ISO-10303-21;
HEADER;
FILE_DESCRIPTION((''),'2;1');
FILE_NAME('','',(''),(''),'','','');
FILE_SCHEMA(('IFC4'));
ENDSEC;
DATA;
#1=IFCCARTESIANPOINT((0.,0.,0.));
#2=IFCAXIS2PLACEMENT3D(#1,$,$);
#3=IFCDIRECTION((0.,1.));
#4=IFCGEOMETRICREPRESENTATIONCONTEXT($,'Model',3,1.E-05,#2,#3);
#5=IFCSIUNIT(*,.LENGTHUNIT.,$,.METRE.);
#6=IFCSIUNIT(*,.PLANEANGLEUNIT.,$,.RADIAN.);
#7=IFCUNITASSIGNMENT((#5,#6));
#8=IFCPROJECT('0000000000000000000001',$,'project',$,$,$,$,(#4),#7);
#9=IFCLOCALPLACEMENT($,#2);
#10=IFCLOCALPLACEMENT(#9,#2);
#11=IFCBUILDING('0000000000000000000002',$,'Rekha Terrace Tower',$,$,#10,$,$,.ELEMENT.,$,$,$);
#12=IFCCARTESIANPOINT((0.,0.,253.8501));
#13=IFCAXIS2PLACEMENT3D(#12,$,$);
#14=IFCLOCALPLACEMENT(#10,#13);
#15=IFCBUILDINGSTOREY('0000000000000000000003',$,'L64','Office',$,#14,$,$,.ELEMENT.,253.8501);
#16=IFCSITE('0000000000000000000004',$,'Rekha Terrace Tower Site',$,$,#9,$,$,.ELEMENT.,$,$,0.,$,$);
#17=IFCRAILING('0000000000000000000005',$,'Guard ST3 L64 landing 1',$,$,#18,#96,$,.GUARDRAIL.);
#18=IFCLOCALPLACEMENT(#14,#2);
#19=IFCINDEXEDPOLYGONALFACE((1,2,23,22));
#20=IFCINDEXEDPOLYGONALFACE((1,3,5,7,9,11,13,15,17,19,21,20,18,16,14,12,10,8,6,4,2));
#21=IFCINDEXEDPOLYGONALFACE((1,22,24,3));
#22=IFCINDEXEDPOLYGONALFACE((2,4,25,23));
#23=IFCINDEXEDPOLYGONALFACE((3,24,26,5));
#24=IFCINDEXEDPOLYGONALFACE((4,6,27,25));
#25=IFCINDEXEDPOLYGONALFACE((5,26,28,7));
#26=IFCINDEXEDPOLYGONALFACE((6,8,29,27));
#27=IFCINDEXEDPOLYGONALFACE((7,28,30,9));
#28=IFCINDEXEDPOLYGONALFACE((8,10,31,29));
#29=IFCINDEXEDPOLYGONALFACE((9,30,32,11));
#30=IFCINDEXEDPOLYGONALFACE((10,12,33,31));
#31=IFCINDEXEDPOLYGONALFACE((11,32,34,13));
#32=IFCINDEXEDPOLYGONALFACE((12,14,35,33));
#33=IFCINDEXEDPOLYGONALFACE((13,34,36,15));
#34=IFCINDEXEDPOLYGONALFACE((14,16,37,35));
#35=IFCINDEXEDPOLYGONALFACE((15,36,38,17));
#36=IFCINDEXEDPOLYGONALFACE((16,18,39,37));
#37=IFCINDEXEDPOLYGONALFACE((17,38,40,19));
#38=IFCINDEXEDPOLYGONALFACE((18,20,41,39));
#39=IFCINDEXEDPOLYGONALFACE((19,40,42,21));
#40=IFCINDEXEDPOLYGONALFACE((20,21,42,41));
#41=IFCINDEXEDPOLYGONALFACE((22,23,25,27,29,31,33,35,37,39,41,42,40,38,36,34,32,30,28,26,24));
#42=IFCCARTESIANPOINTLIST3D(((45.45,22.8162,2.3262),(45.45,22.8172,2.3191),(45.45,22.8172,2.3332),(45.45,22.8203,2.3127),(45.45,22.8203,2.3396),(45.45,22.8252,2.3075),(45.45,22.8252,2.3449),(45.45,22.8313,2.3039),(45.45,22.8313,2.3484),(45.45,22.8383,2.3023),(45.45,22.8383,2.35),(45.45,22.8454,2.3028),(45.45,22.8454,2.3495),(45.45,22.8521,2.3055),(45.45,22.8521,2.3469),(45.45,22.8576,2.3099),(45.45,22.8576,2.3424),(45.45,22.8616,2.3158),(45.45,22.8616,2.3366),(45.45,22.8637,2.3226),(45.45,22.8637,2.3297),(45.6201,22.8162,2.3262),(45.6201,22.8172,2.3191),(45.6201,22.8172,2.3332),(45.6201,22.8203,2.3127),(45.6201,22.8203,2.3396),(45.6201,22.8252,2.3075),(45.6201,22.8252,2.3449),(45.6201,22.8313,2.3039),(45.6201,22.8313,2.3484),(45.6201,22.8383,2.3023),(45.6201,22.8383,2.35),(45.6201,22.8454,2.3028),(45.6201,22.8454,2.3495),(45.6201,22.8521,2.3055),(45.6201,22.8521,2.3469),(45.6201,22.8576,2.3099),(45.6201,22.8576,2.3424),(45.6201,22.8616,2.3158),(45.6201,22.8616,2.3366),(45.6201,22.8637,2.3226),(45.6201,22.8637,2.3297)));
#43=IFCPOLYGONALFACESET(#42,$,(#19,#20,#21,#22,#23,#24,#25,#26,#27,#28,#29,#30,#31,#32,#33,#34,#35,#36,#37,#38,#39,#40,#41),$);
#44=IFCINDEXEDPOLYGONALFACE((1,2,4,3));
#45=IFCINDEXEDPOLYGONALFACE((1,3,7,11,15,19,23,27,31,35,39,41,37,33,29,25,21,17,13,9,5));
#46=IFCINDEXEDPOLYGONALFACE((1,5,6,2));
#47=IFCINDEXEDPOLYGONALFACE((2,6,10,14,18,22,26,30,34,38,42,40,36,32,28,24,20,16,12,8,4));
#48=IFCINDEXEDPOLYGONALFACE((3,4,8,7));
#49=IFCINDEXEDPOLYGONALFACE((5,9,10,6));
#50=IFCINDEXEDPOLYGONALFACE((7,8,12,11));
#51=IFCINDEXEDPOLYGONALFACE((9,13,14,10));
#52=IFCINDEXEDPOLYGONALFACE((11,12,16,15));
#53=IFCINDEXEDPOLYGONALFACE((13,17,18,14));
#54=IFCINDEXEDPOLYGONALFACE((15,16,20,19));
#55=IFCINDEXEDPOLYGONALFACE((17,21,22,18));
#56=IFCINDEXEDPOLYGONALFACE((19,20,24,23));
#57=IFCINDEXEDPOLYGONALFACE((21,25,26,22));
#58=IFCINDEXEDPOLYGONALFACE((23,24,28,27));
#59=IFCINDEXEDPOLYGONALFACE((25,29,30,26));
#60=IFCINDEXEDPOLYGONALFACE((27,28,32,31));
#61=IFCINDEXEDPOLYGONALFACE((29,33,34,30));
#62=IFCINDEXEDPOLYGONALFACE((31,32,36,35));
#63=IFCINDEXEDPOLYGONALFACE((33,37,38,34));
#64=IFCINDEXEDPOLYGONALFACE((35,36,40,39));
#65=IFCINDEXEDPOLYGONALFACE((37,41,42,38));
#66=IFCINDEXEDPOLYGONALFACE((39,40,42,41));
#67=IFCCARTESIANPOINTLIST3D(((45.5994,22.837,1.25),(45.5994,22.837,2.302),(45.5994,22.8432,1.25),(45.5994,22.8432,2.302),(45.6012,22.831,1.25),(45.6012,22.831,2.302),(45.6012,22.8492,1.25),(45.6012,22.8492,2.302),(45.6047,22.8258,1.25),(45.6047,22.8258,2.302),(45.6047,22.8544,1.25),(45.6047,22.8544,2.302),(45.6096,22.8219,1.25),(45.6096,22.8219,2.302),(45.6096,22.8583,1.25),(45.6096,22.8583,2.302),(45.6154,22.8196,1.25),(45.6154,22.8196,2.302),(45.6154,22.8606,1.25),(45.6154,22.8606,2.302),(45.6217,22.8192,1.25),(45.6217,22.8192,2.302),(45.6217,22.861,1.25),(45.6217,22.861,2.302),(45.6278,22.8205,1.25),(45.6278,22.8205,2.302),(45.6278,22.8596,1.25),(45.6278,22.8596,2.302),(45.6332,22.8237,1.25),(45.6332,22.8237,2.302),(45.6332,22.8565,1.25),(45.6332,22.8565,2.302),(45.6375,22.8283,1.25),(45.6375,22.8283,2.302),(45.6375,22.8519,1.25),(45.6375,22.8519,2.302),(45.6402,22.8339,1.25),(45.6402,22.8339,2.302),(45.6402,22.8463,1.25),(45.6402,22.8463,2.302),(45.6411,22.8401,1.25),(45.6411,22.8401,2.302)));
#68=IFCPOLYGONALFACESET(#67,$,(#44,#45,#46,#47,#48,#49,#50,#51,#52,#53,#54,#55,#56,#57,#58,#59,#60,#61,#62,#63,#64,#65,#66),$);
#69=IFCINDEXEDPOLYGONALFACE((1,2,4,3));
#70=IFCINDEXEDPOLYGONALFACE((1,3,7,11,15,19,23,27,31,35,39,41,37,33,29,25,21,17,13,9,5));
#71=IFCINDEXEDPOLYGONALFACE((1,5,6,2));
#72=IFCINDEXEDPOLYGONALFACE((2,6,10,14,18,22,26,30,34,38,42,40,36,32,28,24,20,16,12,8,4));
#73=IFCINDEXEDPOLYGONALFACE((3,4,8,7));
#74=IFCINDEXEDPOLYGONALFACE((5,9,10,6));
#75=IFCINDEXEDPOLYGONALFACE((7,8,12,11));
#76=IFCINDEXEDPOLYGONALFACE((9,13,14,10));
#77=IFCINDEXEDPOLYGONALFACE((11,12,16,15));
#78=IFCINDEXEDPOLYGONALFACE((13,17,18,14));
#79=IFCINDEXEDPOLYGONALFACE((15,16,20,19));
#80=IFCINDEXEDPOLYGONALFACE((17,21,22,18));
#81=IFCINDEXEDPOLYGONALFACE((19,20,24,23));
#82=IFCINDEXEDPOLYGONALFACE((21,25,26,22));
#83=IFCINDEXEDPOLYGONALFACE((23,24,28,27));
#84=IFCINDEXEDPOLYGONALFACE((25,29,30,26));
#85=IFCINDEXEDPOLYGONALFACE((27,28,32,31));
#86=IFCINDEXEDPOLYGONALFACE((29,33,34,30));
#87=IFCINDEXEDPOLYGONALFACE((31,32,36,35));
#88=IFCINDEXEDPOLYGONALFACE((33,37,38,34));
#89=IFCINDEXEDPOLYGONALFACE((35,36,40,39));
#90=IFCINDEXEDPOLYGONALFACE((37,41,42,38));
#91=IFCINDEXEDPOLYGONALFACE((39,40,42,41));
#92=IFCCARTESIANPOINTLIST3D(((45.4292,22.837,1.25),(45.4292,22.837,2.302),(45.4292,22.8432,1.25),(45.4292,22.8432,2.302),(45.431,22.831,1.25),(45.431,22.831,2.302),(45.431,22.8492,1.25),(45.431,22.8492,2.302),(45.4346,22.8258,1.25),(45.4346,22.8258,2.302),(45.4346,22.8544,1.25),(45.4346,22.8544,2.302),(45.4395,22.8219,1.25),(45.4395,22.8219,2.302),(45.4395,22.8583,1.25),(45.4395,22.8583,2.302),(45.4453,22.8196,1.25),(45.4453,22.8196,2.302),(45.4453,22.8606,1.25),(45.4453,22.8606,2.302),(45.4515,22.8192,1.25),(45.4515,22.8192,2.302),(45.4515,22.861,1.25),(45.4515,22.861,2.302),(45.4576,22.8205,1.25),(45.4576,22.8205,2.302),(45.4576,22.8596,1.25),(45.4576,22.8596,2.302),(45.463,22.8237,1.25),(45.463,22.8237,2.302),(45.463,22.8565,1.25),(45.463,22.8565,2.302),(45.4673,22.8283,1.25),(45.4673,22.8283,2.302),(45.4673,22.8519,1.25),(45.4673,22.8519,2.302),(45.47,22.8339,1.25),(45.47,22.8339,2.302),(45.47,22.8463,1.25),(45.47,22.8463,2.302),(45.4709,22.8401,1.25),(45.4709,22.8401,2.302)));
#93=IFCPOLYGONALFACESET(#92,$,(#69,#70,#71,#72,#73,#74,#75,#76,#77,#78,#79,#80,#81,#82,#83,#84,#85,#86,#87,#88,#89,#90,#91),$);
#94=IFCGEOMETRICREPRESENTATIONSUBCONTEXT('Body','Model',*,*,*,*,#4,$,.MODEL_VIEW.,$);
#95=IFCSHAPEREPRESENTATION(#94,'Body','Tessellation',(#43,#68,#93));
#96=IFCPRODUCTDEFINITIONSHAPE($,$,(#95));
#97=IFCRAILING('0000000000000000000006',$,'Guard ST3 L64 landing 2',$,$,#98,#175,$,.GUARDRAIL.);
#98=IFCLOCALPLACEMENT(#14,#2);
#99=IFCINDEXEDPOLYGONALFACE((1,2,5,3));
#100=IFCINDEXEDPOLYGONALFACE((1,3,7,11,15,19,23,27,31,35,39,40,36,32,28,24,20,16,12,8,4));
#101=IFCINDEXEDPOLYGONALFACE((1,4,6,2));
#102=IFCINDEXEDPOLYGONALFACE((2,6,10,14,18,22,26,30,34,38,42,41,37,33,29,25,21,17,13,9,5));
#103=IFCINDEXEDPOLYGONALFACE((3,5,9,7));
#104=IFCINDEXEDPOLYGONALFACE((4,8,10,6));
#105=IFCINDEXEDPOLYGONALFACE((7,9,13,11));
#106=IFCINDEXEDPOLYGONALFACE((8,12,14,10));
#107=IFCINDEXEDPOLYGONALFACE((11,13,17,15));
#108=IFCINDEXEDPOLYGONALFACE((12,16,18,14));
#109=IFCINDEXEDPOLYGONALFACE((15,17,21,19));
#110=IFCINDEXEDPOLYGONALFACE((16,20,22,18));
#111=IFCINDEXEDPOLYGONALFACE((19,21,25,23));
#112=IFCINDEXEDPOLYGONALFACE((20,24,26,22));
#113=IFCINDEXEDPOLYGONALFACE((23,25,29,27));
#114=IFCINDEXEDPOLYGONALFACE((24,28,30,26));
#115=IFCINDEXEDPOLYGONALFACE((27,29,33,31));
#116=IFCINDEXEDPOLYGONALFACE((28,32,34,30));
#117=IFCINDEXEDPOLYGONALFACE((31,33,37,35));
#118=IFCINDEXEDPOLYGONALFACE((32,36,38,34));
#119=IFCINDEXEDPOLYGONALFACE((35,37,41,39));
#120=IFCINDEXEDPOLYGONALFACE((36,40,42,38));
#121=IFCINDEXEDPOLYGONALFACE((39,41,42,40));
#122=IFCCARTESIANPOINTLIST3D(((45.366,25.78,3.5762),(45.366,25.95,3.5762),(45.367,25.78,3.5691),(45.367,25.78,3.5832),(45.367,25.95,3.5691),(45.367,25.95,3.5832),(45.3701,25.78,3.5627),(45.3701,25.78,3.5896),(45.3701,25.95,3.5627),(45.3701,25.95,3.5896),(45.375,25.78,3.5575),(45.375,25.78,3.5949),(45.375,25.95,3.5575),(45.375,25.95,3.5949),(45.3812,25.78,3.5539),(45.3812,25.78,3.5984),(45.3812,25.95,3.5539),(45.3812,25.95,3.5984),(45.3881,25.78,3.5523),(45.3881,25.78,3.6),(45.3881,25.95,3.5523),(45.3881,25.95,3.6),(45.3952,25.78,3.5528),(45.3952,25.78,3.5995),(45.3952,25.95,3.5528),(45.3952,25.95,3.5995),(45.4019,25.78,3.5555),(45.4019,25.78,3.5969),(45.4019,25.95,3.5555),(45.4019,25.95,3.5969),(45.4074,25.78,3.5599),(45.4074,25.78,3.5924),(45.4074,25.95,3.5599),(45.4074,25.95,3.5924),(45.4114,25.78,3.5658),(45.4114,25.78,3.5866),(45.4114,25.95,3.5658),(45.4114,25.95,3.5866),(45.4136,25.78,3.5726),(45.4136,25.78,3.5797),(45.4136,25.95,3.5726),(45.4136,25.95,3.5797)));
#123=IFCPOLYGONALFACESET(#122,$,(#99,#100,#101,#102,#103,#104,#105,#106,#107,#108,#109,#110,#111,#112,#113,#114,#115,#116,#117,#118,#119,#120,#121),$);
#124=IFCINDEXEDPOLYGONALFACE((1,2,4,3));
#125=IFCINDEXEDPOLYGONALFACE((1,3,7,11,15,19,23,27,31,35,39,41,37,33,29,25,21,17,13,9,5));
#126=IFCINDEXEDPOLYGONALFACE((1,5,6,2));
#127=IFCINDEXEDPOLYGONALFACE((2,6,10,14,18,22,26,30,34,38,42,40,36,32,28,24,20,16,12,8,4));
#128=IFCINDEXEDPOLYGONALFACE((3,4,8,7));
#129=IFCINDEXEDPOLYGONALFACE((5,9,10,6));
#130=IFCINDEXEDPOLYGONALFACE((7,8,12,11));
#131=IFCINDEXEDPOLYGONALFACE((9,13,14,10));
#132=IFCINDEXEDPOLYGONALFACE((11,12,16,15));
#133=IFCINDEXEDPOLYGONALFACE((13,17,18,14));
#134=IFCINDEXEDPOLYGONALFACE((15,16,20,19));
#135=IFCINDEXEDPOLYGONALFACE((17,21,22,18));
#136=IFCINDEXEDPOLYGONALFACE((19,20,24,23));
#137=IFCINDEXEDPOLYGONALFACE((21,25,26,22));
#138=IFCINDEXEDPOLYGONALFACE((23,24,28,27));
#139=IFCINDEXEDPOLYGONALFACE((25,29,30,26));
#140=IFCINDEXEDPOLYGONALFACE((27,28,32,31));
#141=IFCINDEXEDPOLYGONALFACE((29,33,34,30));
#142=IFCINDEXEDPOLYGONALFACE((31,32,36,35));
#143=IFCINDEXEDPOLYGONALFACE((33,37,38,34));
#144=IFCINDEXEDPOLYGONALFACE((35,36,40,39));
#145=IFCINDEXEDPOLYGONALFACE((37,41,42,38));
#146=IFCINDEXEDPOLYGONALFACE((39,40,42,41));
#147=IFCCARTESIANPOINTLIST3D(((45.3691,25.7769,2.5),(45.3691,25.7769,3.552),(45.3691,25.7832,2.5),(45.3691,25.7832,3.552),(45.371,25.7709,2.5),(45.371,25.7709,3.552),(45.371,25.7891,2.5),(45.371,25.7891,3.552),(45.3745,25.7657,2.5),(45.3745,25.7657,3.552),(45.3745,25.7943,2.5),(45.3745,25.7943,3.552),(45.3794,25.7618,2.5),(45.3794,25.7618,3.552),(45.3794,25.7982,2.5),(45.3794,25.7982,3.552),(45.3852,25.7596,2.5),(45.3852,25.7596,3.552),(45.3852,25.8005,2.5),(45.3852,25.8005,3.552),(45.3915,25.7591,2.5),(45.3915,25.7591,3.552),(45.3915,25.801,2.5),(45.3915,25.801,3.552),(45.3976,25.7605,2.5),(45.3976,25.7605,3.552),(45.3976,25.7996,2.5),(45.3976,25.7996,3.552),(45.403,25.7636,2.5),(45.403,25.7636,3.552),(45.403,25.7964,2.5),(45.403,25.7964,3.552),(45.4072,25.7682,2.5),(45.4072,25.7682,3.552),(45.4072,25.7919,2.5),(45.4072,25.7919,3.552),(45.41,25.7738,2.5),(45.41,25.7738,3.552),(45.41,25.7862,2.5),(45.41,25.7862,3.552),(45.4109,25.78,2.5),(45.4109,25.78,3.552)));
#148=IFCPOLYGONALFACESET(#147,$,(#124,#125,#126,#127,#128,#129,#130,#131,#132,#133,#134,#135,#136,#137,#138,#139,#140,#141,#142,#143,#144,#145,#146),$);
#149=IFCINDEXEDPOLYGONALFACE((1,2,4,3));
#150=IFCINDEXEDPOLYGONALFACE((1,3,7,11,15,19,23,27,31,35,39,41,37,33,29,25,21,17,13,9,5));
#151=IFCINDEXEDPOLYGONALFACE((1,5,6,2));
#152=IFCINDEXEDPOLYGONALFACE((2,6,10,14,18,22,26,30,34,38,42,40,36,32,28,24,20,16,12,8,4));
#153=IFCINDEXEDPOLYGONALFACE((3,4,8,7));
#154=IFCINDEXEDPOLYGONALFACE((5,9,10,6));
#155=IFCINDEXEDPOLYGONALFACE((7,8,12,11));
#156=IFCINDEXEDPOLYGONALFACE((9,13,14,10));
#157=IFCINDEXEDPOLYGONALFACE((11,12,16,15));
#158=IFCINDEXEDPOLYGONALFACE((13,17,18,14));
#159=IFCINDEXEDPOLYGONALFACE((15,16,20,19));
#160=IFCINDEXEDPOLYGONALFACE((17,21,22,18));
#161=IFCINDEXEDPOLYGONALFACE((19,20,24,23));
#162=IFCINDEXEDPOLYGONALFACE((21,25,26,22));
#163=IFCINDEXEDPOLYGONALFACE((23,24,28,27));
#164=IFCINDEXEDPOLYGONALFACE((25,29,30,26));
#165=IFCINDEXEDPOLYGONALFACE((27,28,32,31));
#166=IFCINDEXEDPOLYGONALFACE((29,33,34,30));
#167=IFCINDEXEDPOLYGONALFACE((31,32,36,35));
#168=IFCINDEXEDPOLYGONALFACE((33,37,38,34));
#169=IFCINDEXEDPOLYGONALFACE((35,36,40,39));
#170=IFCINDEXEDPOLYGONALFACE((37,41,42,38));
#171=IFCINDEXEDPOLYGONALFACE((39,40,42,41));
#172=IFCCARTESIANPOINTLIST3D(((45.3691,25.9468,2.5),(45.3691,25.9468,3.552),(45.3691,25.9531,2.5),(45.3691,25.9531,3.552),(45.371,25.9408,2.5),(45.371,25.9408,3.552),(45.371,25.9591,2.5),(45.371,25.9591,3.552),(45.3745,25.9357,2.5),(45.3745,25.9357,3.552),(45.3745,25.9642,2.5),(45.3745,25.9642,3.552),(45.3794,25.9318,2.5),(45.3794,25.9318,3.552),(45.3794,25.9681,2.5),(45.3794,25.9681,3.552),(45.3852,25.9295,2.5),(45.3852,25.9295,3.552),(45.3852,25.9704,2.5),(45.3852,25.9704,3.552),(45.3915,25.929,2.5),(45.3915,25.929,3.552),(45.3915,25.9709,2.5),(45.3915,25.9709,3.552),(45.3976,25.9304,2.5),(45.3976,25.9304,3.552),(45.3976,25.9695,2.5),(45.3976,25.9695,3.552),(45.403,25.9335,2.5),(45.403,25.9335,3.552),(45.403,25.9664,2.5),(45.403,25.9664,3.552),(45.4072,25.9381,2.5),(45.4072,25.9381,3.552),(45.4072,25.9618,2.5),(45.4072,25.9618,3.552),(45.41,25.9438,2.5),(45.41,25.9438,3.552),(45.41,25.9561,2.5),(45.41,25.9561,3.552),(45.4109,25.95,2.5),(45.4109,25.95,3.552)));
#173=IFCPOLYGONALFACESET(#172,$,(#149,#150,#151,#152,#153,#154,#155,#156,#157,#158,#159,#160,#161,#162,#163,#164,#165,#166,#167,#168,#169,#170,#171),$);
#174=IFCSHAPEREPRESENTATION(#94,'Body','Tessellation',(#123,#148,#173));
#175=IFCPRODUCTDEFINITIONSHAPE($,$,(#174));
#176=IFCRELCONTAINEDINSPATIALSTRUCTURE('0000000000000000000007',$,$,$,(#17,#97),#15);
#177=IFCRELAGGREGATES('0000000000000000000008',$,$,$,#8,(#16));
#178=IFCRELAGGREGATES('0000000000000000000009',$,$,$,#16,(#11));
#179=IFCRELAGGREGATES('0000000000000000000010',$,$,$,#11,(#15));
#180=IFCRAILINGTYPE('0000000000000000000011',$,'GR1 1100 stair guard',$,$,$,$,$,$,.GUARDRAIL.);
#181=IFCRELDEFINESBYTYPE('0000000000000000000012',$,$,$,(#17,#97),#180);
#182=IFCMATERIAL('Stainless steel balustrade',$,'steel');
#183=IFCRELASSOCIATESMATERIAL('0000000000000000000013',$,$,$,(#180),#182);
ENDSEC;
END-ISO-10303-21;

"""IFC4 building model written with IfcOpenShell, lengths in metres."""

from ifc_helpers import new_model, si_unit, direction, frame, origin, origin_2d, place, context, subcontext, project, spatial, circle, extrude, material, type_object, element, save


model = new_model("IFC4")

# Units and contexts
model_context = context("Model", 3, precision=1e-05, world=origin(), true_north=direction((0.0, 1.0)))
body_context = subcontext(model_context, "Body", "Model", "MODEL_VIEW")
ifc_project = project(units=[si_unit("LENGTHUNIT", "METRE"), si_unit("PLANEANGLEUNIT", "RADIAN")], contexts=[model_context])

# Site, building, storey
site_placement = place(None, origin())
site = spatial("IfcSite", under=ifc_project, at=site_placement, Name="Rekha Terrace Tower Site", CompositionType="ELEMENT", RefElevation=0.0)
building_placement = place(site_placement, origin())
building = spatial("IfcBuilding", under=site, at=building_placement, Name="Rekha Terrace Tower", CompositionType="ELEMENT")
storey_placement = place(building_placement, frame((0.0, 0.0, 253.8501)))
storey = spatial("IfcBuildingStorey", under=building, at=storey_placement, Name="L64", Description="Office", CompositionType="ELEMENT", Elevation=253.8501)

# Railings
ifc_material_1 = material(Name="Stainless steel balustrade", Category="steel")
railing_type_1 = type_object("IfcRailingType", Name="GR1 1100 stair guard", PredefinedType="GUARDRAIL", material=ifc_material_1)
railing_1_placement = place(storey_placement, frame((45.6201, 22.8401, 1.25)))
element("IfcRailing", 1, at=railing_1_placement, inside=storey, type_object=railing_type_1, Name="Guard ST3 L64 landing 1", PredefinedType="GUARDRAIL", context=body_context, shape_type="SweptSolid", body=[
    extrude(circle(Radius=0.0239, at=origin_2d()), frame((0.0, 0.0, 1.0762), z_axis=(-1.0, 0.0, 0.0), x_axis=(0.0, -1.0, 0.0)), (0.0, 0.0, 1.0), 0.1702),
    extrude(circle(Radius=0.021, at=origin_2d()), origin(), (0.0, 0.0, 1.0), 1.052),
    extrude(circle(Radius=0.021, at=origin_2d()), frame((-0.1702, 0.0, 0.0)), (0.0, 0.0, 1.0), 1.052),
])
railing_2_placement = place(storey_placement, frame((45.3899, 25.78, 2.5)))
element("IfcRailing", 2, at=railing_2_placement, inside=storey, type_object=railing_type_1, Name="Guard ST3 L64 landing 2", PredefinedType="GUARDRAIL", context=body_context, shape_type="SweptSolid", body=[
    extrude(circle(Radius=0.0239, at=origin_2d()), frame((0.0, 0.0, 1.0762), z_axis=(0.0, 1.0, 0.0), x_axis=(-1.0, 0.0, 0.0)), (0.0, 0.0, 1.0), 0.1699),
    extrude(circle(Radius=0.021, at=origin_2d()), origin(), (0.0, 0.0, 1.0), 1.052),
    extrude(circle(Radius=0.021, at=origin_2d()), frame((0.0, 0.1699, 0.0)), (0.0, 0.0, 1.0), 1.052),
])

save(model, "model.ifc")
